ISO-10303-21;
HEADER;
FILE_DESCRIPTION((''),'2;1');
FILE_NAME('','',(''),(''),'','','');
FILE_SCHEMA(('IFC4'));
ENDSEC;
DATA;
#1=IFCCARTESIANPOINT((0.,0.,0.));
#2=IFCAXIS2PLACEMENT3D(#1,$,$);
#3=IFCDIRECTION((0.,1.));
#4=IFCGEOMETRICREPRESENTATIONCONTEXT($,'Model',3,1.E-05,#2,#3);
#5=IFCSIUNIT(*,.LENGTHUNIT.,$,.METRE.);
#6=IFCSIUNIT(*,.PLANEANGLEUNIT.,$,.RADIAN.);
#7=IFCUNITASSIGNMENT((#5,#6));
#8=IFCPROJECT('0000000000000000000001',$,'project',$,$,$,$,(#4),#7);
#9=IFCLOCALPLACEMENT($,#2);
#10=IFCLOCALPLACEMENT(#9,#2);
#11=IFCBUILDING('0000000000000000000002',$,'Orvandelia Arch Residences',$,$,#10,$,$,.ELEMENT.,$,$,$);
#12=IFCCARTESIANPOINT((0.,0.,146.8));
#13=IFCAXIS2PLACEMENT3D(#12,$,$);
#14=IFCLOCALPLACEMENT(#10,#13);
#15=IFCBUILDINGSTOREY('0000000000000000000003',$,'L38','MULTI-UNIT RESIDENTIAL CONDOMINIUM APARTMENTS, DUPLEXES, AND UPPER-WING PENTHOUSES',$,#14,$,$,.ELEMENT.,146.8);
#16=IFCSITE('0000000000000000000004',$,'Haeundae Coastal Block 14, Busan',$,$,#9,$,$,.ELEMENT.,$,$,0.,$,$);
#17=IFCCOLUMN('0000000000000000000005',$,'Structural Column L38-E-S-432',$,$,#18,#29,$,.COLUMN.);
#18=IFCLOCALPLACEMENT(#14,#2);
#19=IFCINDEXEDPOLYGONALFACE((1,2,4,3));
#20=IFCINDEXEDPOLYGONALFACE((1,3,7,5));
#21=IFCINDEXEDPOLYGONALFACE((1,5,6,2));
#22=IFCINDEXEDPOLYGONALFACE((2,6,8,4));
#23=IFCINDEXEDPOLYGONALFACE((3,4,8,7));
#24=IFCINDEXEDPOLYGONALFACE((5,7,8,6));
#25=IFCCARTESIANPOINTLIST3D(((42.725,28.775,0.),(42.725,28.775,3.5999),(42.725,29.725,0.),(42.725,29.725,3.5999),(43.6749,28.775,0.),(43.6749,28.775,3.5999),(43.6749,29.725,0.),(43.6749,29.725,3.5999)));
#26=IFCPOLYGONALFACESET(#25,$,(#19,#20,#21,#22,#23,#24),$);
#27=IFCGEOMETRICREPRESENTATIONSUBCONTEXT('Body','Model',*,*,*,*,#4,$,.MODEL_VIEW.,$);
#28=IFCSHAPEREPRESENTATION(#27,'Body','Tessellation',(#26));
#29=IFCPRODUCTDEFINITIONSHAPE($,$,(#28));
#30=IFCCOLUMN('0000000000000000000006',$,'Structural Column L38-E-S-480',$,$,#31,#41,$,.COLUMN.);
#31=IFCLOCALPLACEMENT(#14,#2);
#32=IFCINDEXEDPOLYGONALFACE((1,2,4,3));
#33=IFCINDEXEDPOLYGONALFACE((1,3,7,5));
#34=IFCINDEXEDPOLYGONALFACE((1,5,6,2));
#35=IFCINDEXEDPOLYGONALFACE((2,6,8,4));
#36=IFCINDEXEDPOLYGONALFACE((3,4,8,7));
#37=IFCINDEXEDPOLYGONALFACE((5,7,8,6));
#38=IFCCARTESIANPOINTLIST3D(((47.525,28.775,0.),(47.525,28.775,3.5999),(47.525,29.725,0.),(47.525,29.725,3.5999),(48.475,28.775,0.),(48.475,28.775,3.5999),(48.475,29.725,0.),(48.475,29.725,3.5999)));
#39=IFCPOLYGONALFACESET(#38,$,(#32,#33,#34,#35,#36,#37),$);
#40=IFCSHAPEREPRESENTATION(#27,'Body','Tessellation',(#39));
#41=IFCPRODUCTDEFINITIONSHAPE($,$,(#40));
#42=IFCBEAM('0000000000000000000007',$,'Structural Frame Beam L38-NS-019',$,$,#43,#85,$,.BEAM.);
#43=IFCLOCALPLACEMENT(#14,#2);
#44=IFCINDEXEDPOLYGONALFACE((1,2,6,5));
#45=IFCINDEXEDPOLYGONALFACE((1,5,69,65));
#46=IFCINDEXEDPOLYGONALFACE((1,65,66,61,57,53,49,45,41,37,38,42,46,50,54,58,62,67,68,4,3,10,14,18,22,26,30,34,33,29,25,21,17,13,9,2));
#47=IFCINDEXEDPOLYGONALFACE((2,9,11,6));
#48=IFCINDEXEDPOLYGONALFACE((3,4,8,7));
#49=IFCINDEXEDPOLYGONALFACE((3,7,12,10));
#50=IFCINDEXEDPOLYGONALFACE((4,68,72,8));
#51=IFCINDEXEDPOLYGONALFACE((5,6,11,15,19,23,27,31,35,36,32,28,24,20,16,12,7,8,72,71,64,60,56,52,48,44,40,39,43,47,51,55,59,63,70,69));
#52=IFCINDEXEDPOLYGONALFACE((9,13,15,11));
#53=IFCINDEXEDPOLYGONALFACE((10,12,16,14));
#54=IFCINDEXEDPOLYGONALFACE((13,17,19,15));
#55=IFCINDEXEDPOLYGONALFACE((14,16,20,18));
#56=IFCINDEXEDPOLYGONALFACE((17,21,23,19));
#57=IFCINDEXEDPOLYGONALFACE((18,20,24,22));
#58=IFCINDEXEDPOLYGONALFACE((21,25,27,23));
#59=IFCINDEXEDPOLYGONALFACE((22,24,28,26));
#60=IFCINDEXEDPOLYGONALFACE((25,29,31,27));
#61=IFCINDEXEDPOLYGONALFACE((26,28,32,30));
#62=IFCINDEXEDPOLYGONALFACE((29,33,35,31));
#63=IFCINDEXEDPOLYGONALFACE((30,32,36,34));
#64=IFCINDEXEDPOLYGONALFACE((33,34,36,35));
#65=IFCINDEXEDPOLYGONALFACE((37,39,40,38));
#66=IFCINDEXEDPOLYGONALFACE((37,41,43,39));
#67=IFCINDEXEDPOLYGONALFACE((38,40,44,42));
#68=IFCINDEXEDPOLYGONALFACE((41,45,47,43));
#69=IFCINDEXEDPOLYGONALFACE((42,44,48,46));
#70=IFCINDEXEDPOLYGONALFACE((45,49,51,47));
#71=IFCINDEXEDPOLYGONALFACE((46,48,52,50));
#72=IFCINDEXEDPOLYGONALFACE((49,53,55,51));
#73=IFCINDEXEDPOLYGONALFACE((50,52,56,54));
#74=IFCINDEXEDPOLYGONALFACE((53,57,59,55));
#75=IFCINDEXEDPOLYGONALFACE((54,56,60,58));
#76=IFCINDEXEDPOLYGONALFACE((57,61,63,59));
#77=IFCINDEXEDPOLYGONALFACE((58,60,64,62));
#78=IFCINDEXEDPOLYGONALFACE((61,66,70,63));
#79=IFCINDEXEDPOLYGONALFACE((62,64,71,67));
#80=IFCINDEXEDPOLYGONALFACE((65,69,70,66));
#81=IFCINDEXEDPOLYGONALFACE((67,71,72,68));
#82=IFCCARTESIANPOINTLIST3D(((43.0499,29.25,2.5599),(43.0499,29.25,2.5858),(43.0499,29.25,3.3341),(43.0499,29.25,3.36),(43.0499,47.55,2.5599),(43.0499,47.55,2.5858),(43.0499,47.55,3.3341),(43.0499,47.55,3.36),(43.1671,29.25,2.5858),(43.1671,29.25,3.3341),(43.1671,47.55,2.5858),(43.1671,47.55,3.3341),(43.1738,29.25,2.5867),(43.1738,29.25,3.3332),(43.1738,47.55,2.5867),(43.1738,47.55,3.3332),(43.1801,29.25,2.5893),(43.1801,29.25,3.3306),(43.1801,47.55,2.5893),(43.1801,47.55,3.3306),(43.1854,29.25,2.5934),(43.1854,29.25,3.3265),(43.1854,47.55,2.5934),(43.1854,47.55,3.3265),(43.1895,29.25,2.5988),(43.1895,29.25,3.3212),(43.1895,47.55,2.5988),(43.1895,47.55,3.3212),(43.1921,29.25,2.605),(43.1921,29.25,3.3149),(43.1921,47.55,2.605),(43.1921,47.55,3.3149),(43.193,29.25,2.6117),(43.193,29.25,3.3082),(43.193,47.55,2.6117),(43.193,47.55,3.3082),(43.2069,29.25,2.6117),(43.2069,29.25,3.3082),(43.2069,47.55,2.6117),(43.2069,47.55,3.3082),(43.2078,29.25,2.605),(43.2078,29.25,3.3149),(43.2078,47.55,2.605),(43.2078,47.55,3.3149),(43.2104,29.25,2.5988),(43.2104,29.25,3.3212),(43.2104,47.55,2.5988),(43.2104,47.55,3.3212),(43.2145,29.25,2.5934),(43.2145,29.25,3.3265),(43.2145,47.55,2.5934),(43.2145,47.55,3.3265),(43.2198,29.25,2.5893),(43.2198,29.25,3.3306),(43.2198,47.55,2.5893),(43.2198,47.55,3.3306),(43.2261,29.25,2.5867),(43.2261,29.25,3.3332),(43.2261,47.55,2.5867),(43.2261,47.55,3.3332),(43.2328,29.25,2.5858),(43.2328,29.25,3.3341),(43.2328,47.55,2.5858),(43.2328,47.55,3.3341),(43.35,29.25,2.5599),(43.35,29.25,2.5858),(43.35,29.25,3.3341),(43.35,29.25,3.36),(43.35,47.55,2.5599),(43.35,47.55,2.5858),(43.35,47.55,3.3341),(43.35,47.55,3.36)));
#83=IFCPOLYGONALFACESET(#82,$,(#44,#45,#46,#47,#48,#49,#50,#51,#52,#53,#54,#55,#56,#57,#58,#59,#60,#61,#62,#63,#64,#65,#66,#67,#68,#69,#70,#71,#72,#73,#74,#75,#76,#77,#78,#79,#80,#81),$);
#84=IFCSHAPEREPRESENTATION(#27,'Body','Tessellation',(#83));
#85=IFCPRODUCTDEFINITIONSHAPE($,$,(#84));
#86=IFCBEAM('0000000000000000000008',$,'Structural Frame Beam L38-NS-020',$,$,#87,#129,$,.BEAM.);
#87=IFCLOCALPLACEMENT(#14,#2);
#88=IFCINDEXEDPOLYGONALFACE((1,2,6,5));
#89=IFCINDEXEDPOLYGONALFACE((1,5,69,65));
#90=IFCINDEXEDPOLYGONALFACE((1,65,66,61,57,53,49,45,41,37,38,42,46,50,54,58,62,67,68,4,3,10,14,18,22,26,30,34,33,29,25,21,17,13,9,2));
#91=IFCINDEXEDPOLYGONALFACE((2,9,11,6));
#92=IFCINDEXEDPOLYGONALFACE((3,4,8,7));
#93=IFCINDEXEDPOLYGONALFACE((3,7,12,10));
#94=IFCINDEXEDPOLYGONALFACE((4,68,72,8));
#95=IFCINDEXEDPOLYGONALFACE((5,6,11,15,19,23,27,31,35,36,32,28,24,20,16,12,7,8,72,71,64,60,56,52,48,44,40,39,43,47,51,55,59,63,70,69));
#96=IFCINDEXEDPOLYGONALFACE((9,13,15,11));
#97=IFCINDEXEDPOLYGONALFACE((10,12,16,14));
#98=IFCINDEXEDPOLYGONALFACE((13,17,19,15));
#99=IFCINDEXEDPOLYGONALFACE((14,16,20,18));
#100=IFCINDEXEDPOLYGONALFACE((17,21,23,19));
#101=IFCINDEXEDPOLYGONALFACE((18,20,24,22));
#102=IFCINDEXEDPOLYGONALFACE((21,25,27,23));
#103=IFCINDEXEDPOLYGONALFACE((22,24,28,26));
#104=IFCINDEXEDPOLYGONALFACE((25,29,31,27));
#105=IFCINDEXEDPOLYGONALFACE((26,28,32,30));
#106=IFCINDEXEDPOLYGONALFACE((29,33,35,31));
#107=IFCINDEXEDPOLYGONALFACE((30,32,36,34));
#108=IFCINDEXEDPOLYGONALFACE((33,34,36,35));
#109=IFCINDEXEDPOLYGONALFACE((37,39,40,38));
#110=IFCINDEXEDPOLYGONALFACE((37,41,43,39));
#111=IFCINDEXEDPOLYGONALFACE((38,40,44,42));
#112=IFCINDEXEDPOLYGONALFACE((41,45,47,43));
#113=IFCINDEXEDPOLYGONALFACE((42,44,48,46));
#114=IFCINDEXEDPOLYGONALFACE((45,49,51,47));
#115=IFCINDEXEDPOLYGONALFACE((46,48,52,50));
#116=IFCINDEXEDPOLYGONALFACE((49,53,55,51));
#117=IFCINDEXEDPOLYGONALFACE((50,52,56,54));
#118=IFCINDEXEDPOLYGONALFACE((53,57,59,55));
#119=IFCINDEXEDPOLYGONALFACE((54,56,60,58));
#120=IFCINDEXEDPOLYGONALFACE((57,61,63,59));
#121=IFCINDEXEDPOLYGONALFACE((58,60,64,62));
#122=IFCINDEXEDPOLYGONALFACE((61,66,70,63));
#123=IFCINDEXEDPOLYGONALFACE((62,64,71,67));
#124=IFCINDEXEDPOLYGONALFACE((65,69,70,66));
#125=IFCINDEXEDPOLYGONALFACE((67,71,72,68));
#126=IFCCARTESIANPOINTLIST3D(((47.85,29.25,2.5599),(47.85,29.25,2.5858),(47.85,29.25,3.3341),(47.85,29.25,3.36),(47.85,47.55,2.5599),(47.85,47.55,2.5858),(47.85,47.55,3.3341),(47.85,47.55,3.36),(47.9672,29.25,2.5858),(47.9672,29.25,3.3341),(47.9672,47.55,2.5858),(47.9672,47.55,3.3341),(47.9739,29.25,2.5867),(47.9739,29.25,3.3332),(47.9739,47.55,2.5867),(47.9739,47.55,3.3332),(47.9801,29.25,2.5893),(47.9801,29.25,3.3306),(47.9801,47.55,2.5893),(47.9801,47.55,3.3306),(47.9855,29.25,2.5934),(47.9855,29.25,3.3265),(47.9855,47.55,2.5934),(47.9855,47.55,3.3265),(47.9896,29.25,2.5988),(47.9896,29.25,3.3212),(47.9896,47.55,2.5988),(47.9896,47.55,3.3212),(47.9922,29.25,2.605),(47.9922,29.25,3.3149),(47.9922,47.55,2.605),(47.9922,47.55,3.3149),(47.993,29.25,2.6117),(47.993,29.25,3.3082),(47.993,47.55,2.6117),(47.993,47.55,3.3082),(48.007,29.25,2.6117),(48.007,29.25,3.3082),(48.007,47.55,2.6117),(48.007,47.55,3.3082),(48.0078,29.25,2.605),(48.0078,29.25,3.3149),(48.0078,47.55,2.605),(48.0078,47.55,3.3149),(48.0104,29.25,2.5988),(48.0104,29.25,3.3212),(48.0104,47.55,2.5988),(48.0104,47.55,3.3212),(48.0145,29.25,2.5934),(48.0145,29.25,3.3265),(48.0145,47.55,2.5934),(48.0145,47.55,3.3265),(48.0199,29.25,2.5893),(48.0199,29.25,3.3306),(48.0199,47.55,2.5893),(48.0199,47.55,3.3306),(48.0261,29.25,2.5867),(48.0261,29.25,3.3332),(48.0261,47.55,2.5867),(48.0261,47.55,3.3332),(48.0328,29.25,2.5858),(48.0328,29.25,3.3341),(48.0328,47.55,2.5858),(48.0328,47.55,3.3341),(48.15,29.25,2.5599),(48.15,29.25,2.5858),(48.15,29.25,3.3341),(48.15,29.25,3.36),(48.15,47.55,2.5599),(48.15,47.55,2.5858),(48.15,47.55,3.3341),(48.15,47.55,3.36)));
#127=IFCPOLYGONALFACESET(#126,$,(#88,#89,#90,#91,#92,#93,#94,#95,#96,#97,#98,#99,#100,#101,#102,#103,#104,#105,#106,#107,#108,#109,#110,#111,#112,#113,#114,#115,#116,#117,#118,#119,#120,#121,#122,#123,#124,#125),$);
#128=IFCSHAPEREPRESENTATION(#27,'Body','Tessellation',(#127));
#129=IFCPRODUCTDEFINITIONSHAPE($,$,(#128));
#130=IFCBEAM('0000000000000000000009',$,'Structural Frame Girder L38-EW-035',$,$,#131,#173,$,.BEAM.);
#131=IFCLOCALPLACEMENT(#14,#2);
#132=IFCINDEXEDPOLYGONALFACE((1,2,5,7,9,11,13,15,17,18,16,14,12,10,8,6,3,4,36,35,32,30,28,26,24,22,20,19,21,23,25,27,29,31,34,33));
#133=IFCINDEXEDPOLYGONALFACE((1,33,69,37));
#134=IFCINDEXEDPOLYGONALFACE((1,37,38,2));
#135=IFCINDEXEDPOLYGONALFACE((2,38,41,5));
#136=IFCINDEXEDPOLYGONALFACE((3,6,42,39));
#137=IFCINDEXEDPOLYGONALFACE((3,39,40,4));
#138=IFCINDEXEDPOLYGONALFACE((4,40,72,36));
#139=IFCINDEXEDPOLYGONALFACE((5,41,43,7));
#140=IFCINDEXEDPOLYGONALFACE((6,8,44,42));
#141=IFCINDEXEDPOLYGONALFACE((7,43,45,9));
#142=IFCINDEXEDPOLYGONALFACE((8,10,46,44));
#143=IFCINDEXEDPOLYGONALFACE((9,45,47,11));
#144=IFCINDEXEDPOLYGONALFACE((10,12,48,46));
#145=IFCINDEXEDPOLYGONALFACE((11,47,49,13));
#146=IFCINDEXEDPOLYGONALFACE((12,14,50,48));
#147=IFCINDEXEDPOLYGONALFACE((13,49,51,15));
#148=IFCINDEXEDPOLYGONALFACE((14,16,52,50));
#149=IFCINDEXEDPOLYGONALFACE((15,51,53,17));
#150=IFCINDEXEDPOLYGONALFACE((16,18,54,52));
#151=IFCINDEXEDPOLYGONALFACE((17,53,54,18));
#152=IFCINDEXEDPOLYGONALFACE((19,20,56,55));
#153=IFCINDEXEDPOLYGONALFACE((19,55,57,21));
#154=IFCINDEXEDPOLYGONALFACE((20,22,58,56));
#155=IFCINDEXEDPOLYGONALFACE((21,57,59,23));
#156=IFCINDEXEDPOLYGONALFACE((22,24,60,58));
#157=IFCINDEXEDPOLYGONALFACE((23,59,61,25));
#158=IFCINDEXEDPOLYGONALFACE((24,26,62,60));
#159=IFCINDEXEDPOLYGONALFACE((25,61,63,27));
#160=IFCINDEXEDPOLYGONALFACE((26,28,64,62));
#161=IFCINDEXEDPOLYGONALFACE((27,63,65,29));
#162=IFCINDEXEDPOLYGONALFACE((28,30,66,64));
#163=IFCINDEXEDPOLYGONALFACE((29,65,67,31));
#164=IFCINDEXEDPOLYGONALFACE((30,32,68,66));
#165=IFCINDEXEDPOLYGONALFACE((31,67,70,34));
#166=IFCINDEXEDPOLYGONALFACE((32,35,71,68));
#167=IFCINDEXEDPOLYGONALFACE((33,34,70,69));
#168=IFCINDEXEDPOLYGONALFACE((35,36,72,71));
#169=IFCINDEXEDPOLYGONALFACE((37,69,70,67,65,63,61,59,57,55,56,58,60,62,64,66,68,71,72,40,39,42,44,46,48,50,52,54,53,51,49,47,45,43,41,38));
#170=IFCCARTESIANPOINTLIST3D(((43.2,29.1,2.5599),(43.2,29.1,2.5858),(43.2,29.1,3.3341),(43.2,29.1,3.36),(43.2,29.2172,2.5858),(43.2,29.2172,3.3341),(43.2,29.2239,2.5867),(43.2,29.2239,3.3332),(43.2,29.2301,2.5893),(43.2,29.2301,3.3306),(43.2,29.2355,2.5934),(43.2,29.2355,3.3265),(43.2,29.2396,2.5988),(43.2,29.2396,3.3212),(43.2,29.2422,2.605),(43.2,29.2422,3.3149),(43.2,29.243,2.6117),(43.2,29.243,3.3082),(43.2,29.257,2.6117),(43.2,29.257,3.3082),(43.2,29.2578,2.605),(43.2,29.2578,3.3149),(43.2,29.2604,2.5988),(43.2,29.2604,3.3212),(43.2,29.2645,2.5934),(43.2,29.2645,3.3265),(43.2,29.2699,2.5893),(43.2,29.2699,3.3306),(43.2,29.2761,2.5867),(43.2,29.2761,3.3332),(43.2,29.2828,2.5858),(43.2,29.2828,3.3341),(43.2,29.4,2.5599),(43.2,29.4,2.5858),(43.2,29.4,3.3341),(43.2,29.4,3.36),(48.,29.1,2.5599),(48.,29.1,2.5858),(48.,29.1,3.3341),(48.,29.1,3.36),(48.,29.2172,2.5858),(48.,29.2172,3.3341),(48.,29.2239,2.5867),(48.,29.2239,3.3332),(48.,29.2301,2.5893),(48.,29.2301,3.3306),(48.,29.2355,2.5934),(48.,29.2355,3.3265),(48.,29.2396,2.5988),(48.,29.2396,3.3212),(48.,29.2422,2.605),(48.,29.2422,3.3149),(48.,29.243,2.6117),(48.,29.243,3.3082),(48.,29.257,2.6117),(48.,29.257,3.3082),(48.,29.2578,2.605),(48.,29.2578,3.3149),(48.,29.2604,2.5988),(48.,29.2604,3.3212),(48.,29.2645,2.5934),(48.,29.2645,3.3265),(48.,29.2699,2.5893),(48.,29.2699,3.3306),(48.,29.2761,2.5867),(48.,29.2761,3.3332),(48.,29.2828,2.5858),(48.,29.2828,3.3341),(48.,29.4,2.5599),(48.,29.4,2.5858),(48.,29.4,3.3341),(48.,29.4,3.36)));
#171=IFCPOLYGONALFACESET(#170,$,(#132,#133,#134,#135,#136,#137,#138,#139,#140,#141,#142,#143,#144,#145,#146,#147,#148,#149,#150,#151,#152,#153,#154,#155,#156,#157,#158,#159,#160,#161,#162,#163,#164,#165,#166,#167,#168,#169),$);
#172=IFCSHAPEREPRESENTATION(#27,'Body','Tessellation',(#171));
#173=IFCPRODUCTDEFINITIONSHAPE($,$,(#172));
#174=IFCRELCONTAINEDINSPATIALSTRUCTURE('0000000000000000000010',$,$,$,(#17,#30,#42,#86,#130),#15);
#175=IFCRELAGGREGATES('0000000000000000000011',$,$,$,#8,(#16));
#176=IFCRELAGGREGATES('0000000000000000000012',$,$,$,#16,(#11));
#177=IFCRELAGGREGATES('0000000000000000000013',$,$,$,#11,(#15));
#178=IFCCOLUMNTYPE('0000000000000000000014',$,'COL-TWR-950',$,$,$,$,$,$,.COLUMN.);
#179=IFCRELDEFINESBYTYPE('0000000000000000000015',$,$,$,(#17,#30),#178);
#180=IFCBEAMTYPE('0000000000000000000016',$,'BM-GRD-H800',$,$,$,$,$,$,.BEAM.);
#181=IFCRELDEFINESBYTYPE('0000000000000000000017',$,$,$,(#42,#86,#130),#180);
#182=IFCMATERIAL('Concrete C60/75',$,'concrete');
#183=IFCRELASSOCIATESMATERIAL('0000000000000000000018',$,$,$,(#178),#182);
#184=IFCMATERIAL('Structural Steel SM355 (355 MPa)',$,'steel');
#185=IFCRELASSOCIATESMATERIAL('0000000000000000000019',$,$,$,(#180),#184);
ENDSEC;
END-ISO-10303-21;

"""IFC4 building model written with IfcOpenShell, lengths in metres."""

from ifc_helpers import new_model, si_unit, direction, frame, origin, origin_2d, place, context, subcontext, project, spatial, rectangle, i_section, extrude, material, material_profile, profile_set, type_object, element, save


model = new_model("IFC4")

# Units and contexts
model_context = context("Model", 3, precision=1e-05, world=origin(), true_north=direction((0.0, 1.0)))
body_context = subcontext(model_context, "Body", "Model", "MODEL_VIEW")
ifc_project = project(units=[si_unit("LENGTHUNIT", "METRE"), si_unit("PLANEANGLEUNIT", "RADIAN")], contexts=[model_context])

# Site, building, storey
site_placement = place(None, origin())
site = spatial("IfcSite", under=ifc_project, at=site_placement, Name="Haeundae Coastal Block 14, Busan", CompositionType="ELEMENT", RefElevation=0.0)
building_placement = place(site_placement, origin())
building = spatial("IfcBuilding", under=site, at=building_placement, Name="Orvandelia Arch Residences", CompositionType="ELEMENT")
storey_placement = place(building_placement, frame((0.0, 0.0, 146.8)))
storey = spatial("IfcBuildingStorey", under=building, at=storey_placement, Name="L38", Description="MULTI-UNIT RESIDENTIAL CONDOMINIUM APARTMENTS, DUPLEXES, AND UPPER-WING PENTHOUSES", CompositionType="ELEMENT", Elevation=146.8)

# Columns
ifc_material_1 = material(Name="Concrete C60/75", Category="concrete")
ifc_material_profile_1 = material_profile(ifc_material_1, rectangle(XDim=0.95, YDim=0.95, at=origin_2d()), Name="Concrete C60/75", Category="concrete")
ifc_profile_set_1 = profile_set([ifc_material_profile_1], Name="Concrete C60/75")
column_type = type_object("IfcColumnType", Name="COL-TWR-950", PredefinedType="COLUMN", material=ifc_profile_set_1)
for number, where, z_axis, x_axis, name in (
    (1, (43.2, 29.25, 0.0), (0.0, 0.0, 1.0), (1.0, 0.0, 0.0), "Structural Column L38-E-S-432"),
    (2, (48.0, 29.25, 0.0), (0.0, 0.0, 1.0), (1.0, 0.0, 0.0), "Structural Column L38-E-S-480"),
):
    element("IfcColumn", number, at=place(storey_placement, frame(where, z_axis=z_axis, x_axis=x_axis)), inside=storey, type_object=column_type, Name=name, PredefinedType="COLUMN", context=body_context, shape_type="SweptSolid", body=[
        extrude(rectangle(XDim=0.95, YDim=0.95, at=origin_2d()), origin(), (0.0, 0.0, 1.0), 3.5999),
    ])

# Beams
ifc_material_2 = material(Name="Structural Steel SM355 (355 MPa)", Category="steel")
ifc_material_profile_2 = material_profile(ifc_material_2, i_section(OverallWidth=0.3, OverallDepth=0.8, WebThickness=0.0139, FlangeThickness=0.0259, FilletRadius=0.0259, at=origin_2d()), Name="Structural Steel SM355 (355 MPa)", Category="steel")
ifc_profile_set_2 = profile_set([ifc_material_profile_2], Name="Structural Steel SM355 (355 MPa)")
beam_type = type_object("IfcBeamType", Name="BM-GRD-H800", PredefinedType="BEAM", material=ifc_profile_set_2)
for number, where, z_axis, x_axis, name in (
    (3, (43.2, 29.25, 2.96), (0.0, 1.0, 0.0), (-1.0, 0.0, 0.0), "Structural Frame Beam L38-NS-019"),
    (4, (48.0, 29.25, 2.96), (0.0, 1.0, 0.0), (-1.0, 0.0, 0.0), "Structural Frame Beam L38-NS-020"),
):
    element("IfcBeam", number, at=place(storey_placement, frame(where, z_axis=z_axis, x_axis=x_axis)), inside=storey, type_object=beam_type, Name=name, PredefinedType="BEAM", context=body_context, shape_type="SweptSolid", body=[
        extrude(i_section(OverallWidth=0.3, OverallDepth=0.8, WebThickness=0.0139, FlangeThickness=0.0259, FilletRadius=0.0259, at=origin_2d()), origin(), (0.0, 0.0, 1.0), 18.3),
    ])
beam_1_placement = place(storey_placement, frame((43.2, 29.25, 2.96), z_axis=(1.0, 0.0, 0.0), x_axis=(0.0, 1.0, 0.0)))
element("IfcBeam", 5, at=beam_1_placement, inside=storey, type_object=beam_type, Name="Structural Frame Girder L38-EW-035", PredefinedType="BEAM", context=body_context, shape_type="SweptSolid", body=[
    extrude(i_section(OverallWidth=0.3, OverallDepth=0.8, WebThickness=0.0139, FlangeThickness=0.0259, FilletRadius=0.0259, at=origin_2d()), origin(), (0.0, 0.0, 1.0), 4.8),
])

save(model, "model.ifc")
